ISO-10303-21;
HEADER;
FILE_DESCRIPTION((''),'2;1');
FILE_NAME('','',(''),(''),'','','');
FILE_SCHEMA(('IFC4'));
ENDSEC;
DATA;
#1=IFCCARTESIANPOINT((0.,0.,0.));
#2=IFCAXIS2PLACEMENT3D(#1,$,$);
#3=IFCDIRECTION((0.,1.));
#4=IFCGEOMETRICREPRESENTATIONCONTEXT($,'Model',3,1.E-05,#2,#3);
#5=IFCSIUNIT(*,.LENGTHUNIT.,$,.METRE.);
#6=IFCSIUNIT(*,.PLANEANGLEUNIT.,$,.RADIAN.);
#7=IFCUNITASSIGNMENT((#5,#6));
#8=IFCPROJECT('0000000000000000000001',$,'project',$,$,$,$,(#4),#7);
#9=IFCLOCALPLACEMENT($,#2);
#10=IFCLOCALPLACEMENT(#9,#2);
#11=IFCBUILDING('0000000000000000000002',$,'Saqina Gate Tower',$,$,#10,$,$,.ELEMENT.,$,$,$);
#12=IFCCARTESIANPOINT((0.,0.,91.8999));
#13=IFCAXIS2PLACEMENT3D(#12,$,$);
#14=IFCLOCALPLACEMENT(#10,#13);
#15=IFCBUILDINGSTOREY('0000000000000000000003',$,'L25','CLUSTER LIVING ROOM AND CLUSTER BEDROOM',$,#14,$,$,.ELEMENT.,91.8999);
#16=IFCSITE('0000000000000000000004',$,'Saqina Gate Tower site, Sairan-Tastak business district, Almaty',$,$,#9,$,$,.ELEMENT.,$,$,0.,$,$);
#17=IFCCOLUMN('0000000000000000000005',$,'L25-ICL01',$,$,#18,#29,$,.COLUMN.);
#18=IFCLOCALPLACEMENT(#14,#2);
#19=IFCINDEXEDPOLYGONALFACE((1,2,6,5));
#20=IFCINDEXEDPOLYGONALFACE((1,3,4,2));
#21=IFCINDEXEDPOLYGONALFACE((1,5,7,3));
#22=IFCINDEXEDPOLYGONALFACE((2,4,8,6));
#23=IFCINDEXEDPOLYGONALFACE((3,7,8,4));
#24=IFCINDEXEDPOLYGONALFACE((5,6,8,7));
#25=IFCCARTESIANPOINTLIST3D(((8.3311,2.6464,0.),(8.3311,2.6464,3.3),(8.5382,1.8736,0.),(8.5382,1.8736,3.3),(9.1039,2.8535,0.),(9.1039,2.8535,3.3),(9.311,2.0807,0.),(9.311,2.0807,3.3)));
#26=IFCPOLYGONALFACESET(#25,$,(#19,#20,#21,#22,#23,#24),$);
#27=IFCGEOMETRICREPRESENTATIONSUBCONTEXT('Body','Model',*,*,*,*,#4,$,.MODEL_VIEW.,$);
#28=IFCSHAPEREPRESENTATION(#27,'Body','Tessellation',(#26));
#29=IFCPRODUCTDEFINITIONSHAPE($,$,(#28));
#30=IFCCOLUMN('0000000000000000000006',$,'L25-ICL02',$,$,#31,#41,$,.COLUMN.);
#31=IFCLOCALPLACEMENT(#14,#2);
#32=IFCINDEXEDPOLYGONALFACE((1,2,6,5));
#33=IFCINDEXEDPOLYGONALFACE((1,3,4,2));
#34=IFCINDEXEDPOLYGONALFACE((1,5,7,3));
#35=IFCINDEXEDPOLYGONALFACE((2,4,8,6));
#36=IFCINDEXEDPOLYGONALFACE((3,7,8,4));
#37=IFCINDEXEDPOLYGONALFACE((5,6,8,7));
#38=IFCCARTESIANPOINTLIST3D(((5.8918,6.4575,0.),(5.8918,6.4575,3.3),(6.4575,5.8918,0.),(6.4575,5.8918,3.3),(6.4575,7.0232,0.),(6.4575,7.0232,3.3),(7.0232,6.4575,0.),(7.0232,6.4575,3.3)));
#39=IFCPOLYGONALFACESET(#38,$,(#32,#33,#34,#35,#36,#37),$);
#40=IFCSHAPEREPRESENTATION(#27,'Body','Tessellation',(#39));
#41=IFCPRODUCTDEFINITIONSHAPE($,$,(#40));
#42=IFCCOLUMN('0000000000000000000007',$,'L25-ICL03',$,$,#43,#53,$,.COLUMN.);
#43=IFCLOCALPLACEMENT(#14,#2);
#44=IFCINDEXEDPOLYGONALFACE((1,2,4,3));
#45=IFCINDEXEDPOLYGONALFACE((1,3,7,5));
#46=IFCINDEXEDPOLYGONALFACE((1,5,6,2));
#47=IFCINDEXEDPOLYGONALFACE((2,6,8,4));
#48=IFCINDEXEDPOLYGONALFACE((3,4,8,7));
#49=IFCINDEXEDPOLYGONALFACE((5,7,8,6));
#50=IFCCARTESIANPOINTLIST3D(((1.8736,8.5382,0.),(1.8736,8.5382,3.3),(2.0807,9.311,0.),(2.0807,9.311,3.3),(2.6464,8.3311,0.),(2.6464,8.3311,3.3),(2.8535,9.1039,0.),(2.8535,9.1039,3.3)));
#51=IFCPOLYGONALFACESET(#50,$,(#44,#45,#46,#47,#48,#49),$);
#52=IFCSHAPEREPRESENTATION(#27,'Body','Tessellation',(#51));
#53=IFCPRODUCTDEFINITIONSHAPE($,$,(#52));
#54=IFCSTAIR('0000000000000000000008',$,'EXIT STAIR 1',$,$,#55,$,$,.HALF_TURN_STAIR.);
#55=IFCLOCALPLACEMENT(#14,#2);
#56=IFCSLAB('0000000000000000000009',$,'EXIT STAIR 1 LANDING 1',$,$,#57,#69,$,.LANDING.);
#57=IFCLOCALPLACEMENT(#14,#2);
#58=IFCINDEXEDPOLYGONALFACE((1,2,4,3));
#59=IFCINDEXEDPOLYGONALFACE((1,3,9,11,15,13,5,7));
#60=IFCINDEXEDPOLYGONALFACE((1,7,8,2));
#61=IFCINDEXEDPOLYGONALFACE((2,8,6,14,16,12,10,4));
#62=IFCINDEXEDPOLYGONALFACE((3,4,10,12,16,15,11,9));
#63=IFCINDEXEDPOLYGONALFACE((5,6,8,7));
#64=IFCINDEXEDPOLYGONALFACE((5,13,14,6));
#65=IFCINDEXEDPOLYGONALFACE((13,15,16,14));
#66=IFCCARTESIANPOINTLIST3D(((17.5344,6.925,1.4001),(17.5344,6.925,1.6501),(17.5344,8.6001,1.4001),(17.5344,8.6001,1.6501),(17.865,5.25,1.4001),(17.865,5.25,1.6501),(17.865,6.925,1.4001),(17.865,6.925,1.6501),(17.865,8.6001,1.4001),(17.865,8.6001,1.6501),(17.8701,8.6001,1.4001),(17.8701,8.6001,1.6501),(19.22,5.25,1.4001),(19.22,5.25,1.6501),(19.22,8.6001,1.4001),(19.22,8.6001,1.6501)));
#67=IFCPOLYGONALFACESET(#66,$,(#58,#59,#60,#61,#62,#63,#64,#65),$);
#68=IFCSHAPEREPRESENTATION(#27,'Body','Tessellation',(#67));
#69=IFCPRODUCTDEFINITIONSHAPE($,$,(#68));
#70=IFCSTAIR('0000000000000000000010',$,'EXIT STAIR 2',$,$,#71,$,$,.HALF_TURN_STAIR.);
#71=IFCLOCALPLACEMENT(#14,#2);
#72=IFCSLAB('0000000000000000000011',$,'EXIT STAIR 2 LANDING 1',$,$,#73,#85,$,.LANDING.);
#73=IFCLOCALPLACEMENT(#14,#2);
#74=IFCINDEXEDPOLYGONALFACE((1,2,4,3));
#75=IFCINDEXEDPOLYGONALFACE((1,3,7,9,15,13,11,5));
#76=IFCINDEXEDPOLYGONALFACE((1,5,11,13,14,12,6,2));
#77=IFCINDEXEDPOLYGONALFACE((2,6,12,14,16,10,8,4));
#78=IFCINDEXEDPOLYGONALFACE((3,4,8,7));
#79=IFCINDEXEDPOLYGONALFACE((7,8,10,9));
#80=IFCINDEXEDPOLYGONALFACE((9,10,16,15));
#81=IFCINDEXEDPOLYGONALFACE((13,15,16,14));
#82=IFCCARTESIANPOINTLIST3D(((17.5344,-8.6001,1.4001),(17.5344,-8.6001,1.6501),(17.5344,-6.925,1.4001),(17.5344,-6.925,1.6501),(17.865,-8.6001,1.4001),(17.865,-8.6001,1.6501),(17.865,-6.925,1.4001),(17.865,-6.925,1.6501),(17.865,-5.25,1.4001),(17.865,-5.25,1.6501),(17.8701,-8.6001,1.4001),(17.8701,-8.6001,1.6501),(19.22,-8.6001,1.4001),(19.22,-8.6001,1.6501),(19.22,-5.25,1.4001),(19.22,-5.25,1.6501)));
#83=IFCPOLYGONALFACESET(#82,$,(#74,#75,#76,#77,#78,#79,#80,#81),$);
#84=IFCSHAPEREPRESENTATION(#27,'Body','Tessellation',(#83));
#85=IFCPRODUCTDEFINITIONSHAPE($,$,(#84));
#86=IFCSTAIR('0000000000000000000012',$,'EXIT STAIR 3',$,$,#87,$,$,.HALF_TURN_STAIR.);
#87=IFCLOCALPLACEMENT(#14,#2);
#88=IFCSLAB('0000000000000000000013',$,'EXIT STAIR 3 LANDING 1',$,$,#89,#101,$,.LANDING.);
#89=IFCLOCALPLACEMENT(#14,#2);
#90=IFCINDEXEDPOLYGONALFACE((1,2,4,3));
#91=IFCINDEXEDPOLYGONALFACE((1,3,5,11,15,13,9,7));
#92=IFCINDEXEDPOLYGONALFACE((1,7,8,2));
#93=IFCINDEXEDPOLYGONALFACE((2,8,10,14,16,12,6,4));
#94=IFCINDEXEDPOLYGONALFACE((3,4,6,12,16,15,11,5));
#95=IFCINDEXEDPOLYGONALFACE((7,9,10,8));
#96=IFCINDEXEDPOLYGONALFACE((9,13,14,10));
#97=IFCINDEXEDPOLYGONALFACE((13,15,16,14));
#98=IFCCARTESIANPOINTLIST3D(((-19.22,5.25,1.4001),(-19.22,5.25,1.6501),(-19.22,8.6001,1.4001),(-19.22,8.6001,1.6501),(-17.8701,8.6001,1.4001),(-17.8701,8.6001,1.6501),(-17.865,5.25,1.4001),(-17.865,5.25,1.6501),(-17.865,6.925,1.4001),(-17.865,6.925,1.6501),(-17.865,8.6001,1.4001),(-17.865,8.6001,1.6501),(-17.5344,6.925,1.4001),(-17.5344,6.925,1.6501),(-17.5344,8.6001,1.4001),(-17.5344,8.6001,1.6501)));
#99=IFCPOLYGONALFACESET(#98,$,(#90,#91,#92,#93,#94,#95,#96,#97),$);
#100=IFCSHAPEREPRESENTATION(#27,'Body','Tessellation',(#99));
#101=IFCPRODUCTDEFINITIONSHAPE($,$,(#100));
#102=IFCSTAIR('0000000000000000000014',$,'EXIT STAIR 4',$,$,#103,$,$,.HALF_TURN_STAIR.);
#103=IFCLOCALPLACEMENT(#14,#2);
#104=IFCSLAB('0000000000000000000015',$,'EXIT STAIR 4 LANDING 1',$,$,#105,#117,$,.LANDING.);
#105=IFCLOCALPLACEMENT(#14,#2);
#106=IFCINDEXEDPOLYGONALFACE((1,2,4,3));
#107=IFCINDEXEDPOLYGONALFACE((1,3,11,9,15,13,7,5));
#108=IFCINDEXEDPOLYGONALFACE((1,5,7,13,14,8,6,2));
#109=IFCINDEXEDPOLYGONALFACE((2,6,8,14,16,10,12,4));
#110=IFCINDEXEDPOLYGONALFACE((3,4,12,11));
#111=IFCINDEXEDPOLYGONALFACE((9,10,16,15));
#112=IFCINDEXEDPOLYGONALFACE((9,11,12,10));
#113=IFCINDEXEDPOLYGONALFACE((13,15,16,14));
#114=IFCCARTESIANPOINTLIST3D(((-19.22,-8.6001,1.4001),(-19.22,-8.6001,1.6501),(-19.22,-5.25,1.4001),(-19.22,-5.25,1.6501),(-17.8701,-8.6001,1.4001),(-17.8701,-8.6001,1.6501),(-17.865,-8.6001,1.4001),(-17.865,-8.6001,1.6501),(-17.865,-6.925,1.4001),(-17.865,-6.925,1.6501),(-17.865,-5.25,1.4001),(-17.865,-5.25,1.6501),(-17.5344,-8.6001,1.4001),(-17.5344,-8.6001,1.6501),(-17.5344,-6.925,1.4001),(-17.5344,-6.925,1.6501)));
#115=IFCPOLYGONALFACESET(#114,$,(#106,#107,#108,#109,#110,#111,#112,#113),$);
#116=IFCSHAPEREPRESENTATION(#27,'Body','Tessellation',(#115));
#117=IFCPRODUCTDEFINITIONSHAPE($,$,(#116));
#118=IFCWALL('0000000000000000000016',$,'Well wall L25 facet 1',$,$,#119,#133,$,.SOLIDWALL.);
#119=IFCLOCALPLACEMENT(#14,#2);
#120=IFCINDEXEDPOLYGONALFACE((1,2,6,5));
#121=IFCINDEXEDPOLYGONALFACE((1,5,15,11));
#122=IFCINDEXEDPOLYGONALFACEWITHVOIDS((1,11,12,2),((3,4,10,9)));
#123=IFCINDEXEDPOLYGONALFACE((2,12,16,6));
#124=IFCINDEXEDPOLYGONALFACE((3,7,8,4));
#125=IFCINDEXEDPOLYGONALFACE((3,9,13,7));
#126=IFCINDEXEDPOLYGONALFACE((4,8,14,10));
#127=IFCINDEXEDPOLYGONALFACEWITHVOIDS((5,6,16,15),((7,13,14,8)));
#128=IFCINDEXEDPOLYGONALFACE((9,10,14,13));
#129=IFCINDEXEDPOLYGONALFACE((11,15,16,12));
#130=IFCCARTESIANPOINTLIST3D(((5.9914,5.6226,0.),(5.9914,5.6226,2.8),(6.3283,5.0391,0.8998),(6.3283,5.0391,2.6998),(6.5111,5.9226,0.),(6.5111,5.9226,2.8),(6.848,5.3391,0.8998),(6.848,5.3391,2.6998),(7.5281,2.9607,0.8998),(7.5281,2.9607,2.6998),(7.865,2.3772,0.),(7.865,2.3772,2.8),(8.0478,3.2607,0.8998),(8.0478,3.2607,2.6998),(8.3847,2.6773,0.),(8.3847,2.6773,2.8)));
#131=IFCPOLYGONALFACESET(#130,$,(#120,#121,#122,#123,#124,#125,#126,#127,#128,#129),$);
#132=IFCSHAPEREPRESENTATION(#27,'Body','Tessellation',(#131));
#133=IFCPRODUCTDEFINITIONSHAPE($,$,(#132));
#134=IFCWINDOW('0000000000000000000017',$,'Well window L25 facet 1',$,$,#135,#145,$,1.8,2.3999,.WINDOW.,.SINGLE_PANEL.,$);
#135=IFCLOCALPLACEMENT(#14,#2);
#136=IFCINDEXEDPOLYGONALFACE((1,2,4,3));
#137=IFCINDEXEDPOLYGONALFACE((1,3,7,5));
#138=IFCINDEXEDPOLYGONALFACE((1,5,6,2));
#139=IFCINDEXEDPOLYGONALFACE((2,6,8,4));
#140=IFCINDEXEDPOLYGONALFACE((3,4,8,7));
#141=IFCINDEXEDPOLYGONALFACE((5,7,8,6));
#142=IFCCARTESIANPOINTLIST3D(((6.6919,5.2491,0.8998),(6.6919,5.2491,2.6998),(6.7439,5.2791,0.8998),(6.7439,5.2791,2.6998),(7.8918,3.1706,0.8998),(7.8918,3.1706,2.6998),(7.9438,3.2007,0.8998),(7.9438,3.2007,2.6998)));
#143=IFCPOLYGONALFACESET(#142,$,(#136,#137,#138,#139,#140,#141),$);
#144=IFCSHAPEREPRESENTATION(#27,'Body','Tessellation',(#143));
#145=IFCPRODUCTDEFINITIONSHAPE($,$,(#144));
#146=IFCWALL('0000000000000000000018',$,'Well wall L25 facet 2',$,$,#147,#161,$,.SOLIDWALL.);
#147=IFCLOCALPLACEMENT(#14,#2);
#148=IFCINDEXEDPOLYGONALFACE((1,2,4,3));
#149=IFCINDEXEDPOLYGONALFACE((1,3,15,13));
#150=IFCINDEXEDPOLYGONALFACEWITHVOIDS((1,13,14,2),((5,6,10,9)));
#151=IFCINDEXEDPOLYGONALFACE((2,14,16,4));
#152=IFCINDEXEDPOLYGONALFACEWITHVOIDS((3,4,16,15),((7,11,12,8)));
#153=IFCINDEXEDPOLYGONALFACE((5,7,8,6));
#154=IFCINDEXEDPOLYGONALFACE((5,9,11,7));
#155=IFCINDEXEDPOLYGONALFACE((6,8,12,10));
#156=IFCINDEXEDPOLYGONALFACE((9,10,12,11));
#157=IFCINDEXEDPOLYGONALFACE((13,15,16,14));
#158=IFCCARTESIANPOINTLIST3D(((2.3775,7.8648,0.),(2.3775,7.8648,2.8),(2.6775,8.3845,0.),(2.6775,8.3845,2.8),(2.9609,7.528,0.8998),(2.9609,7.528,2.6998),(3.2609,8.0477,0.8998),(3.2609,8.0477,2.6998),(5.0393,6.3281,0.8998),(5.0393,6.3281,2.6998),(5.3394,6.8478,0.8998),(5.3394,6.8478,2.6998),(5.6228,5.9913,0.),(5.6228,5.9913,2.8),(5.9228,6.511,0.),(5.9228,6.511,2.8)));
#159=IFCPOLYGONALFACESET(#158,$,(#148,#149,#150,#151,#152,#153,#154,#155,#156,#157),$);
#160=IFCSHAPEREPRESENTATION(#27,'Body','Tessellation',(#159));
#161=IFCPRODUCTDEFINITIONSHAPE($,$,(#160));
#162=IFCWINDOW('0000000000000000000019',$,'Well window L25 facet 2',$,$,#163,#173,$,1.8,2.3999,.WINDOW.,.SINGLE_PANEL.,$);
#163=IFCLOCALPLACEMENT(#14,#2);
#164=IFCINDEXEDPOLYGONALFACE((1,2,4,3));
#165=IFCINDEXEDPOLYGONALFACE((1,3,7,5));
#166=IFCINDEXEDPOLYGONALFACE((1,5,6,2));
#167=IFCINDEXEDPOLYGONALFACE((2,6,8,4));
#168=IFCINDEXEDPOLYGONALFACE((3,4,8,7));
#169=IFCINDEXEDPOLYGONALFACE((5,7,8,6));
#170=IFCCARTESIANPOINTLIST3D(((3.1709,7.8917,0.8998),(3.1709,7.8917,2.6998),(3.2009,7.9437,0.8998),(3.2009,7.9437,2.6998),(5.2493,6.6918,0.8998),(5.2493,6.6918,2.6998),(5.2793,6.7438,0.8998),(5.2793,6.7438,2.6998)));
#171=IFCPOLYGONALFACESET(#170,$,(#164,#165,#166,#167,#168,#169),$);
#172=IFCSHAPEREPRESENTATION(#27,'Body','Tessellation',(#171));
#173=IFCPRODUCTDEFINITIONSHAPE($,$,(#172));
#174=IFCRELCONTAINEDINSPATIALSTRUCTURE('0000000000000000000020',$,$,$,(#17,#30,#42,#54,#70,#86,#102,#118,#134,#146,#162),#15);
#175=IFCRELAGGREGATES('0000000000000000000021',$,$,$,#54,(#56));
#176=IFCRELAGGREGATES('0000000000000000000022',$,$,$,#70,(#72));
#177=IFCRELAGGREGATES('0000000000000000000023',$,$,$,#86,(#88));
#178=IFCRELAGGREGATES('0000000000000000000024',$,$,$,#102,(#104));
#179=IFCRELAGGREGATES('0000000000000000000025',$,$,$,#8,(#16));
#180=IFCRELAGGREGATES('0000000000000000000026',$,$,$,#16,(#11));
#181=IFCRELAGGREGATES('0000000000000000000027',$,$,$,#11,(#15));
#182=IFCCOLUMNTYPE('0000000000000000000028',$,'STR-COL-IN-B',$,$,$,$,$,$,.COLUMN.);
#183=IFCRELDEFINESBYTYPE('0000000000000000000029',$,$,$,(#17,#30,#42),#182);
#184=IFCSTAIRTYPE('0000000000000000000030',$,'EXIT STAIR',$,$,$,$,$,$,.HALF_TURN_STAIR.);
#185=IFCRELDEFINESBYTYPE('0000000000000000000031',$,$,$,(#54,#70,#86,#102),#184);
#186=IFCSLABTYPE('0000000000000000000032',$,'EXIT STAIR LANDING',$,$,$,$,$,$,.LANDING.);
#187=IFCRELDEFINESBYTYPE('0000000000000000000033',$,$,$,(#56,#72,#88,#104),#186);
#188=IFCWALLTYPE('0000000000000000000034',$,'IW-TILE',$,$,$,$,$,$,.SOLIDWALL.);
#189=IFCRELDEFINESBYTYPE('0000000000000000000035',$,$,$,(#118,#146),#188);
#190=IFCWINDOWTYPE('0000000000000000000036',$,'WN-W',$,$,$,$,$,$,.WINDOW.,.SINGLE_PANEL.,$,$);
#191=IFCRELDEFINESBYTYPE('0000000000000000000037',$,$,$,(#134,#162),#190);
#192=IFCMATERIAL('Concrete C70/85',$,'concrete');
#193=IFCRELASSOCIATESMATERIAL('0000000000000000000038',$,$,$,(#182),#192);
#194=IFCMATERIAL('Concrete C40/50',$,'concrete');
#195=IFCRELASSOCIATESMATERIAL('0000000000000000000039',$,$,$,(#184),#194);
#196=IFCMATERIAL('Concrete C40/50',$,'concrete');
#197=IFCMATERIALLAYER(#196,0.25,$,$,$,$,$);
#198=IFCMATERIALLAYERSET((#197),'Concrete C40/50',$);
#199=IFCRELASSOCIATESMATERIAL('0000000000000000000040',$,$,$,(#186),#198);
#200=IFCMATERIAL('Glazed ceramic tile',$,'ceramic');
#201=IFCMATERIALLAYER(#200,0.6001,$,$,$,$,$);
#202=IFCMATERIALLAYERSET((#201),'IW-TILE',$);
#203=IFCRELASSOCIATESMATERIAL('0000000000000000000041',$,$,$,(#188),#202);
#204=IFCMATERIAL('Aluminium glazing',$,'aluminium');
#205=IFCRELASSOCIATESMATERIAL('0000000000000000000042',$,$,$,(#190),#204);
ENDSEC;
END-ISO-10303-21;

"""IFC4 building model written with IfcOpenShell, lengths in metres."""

from ifc_helpers import new_model, si_unit, direction, frame, frame_2d, origin, origin_2d, place, context, subcontext, project, spatial, polyline, rectangle, outline, extrude, material, layer, layer_set, material_profile, profile_set, type_object, element, fill, aggregate, save


model = new_model("IFC4")

# Units and contexts
model_context = context("Model", 3, precision=1e-05, world=origin(), true_north=direction((0.0, 1.0)))
body_context = subcontext(model_context, "Body", "Model", "MODEL_VIEW")
ifc_project = project(units=[si_unit("LENGTHUNIT", "METRE"), si_unit("PLANEANGLEUNIT", "RADIAN")], contexts=[model_context])

# Site, building, storey
site_placement = place(None, origin())
site = spatial("IfcSite", under=ifc_project, at=site_placement, Name="Saqina Gate Tower site, Sairan-Tastak business district, Almaty", CompositionType="ELEMENT", RefElevation=0.0)
building_placement = place(site_placement, origin())
building = spatial("IfcBuilding", under=site, at=building_placement, Name="Saqina Gate Tower", CompositionType="ELEMENT")
storey_placement = place(building_placement, frame((0.0, 0.0, 91.8999)))
storey = spatial("IfcBuildingStorey", under=building, at=storey_placement, Name="L25", Description="CLUSTER LIVING ROOM AND CLUSTER BEDROOM", CompositionType="ELEMENT", Elevation=91.8999)

# Columns
ifc_material_1 = material(Name="Concrete C70/85", Category="concrete")
ifc_material_profile = material_profile(ifc_material_1, rectangle(XDim=0.8, YDim=0.8, at=origin_2d()), Name="RC 800x800")
ifc_profile_set = profile_set([ifc_material_profile], Name="Concrete C70/85")
column_type = type_object("IfcColumnType", Name="STR-COL-IN-B", PredefinedType="COLUMN", material=ifc_profile_set)
for number, where, z_axis, x_axis, name in (
    (1, (8.821, 2.3635, 0.0), (0.0, 0.0, 1.0), (0.965926, 0.258819, 0.0), "L25-ICL01"),
    (2, (6.4575, 6.4575, 0.0), (0.0, 0.0, 1.0), (0.707107, 0.707107, 0.0), "L25-ICL02"),
    (3, (2.3635, 8.821, 0.0), (0.0, 0.0, 1.0), (0.258819, 0.965926, 0.0), "L25-ICL03"),
):
    element("IfcColumn", number, at=place(storey_placement, frame(where, z_axis=z_axis, x_axis=x_axis)), inside=storey, type_object=column_type, Name=name, PredefinedType="COLUMN", context=body_context, shape_type="SweptSolid", body=[
        extrude(rectangle(XDim=0.8, YDim=0.8, at=origin_2d()), origin(), (0.0, 0.0, 1.0), 3.3),
    ])

# Stairs, slabs
ifc_material_2 = material(Name="Concrete C40/50", Category="concrete")
stair_type = type_object("IfcStairType", Name="EXIT STAIR", PredefinedType="HALF_TURN_STAIR", material=ifc_material_2)
stair_1_placement = place(storey_placement, origin())
stair_1 = element("IfcStair", 4, at=stair_1_placement, inside=storey, type_object=stair_type, Name="EXIT STAIR 1", PredefinedType="HALF_TURN_STAIR")
ifc_material_3 = material(Name="Concrete C40/50", Category="concrete")
ifc_layer_1 = layer(ifc_material_3, 0.25)
ifc_layer_set_1 = layer_set([ifc_layer_1], Name="Concrete C40/50")
slab_type = type_object("IfcSlabType", Name="EXIT STAIR LANDING", PredefinedType="LANDING", material=ifc_layer_set_1)
slab_1_placement = place(storey_placement, frame((0.0, 0.0, 1.4001)))
slab_1 = element("IfcSlab", 5, at=slab_1_placement, type_object=slab_type, Name="EXIT STAIR 1 LANDING 1", PredefinedType="LANDING", context=body_context, shape_type="SweptSolid", body=[
    extrude(outline(polyline([(19.22, 8.6001), (19.22, 5.25), (17.865, 5.25), (17.865, 6.925), (17.5344, 6.925), (17.5344, 8.6001), (17.865, 8.6001), (17.8701, 8.6001), (19.22, 8.6001)])), origin(), (0.0, 0.0, 1.0), 0.25),
])
aggregate(stair_1, [slab_1])
stair_2_placement = place(storey_placement, origin())
stair_2 = element("IfcStair", 6, at=stair_2_placement, inside=storey, type_object=stair_type, Name="EXIT STAIR 2", PredefinedType="HALF_TURN_STAIR")
slab_2_placement = place(storey_placement, frame((0.0, 0.0, 1.4001)))
slab_2 = element("IfcSlab", 7, at=slab_2_placement, type_object=slab_type, Name="EXIT STAIR 2 LANDING 1", PredefinedType="LANDING", context=body_context, shape_type="SweptSolid", body=[
    extrude(outline(polyline([(17.5344, -8.6001), (17.5344, -6.925), (17.865, -6.925), (17.865, -5.25), (19.22, -5.25), (19.22, -8.6001), (17.8701, -8.6001), (17.865, -8.6001), (17.5344, -8.6001)])), origin(), (0.0, 0.0, 1.0), 0.25),
])
aggregate(stair_2, [slab_2])
stair_3_placement = place(storey_placement, origin())
stair_3 = element("IfcStair", 8, at=stair_3_placement, inside=storey, type_object=stair_type, Name="EXIT STAIR 3", PredefinedType="HALF_TURN_STAIR")
slab_3_placement = place(storey_placement, frame((0.0, 0.0, 1.4001)))
slab_3 = element("IfcSlab", 9, at=slab_3_placement, type_object=slab_type, Name="EXIT STAIR 3 LANDING 1", PredefinedType="LANDING", context=body_context, shape_type="SweptSolid", body=[
    extrude(outline(polyline([(-17.865, 5.25), (-19.22, 5.25), (-19.22, 8.6001), (-17.8701, 8.6001), (-17.865, 8.6001), (-17.5344, 8.6001), (-17.5344, 6.925), (-17.865, 6.925), (-17.865, 5.25)])), origin(), (0.0, 0.0, 1.0), 0.25),
])
aggregate(stair_3, [slab_3])
stair_4_placement = place(storey_placement, origin())
stair_4 = element("IfcStair", 10, at=stair_4_placement, inside=storey, type_object=stair_type, Name="EXIT STAIR 4", PredefinedType="HALF_TURN_STAIR")
slab_4_placement = place(storey_placement, frame((0.0, 0.0, 1.4001)))
slab_4 = element("IfcSlab", 11, at=slab_4_placement, type_object=slab_type, Name="EXIT STAIR 4 LANDING 1", PredefinedType="LANDING", context=body_context, shape_type="SweptSolid", body=[
    extrude(outline(polyline([(-17.5344, -6.925), (-17.5344, -8.6001), (-17.865, -8.6001), (-17.8701, -8.6001), (-19.22, -8.6001), (-19.22, -5.25), (-17.865, -5.25), (-17.865, -6.925), (-17.5344, -6.925)])), origin(), (0.0, 0.0, 1.0), 0.25),
])
aggregate(stair_4, [slab_4])

# Walls, openings, windows
ifc_material_4 = material(Name="Glazed ceramic tile", Category="ceramic")
ifc_layer_2 = layer(ifc_material_4, 0.6001)
ifc_layer_set_2 = layer_set([ifc_layer_2], Name="IW-TILE")
wall_type_1 = type_object("IfcWallType", Name="IW-TILE", PredefinedType="SOLIDWALL", material=ifc_layer_set_2)
wall_1_placement = place(storey_placement, frame((8.1248, 2.5273, 0.0), z_axis=(0.0, 0.0, 1.0), x_axis=(-0.499965, 0.866046, 0.0)))
wall_1 = element("IfcWall", 12, at=wall_1_placement, inside=storey, type_object=wall_type_1, Name="Well wall L25 facet 1", PredefinedType="SOLIDWALL", context=body_context, shape_type="SweptSolid", body=[
    extrude(rectangle(XDim=3.7473, YDim=0.6001, at=frame_2d((1.8735, 0.0))), origin(), (0.0, 0.0, 1.0), 2.8),
])
opening_1_placement = place(wall_1_placement, frame((0.6736, 0.0, 0.8999)))
opening_1 = element("IfcOpeningElement", 13, at=opening_1_placement, cuts=wall_1, PredefinedType="OPENING", context=body_context, shape_type="SweptSolid", body=[
    extrude(rectangle(XDim=2.3999, YDim=1.8, at=frame_2d((1.2, 0.8999))), frame((0.0, 0.312, 0.0), z_axis=(0.0, -1.0, 0.0), x_axis=(1.0, 0.0, 0.0)), (0.0, 0.0, 1.0), 0.624),
])
ifc_material_5 = material(Name="Aluminium glazing", Category="aluminium")
window_type = type_object("IfcWindowType", Name="WN-W", PartitioningType="SINGLE_PANEL", PredefinedType="WINDOW", material=ifc_material_5)
window_1_placement = place(opening_1_placement, origin())
window_1 = element("IfcWindow", 14, at=window_1_placement, inside=storey, type_object=window_type, Name="Well window L25 facet 1", OverallHeight=1.8, OverallWidth=2.3999, PartitioningType="SINGLE_PANEL", PredefinedType="WINDOW", context=body_context, shape_type="SweptSolid", body=[
    extrude(rectangle(XDim=2.3999, YDim=1.8, at=frame_2d((1.2, 0.8999))), frame((0.0, -0.1199, 0.0), z_axis=(0.0, -1.0, 0.0), x_axis=(1.0, 0.0, 0.0)), (0.0, 0.0, 1.0), 0.0601),
])
fill(opening_1, window_1)
wall_2_placement = place(storey_placement, frame((5.7727, 6.2512, 0.0), z_axis=(0.0, 0.0, 1.0), x_axis=(-0.866046, 0.499965, 0.0)))
wall_2 = element("IfcWall", 15, at=wall_2_placement, inside=storey, type_object=wall_type_1, Name="Well wall L25 facet 2", PredefinedType="SOLIDWALL", context=body_context, shape_type="SweptSolid", body=[
    extrude(rectangle(XDim=3.7473, YDim=0.6001, at=frame_2d((1.8735, 0.0))), origin(), (0.0, 0.0, 1.0), 2.8),
])
opening_2_placement = place(wall_2_placement, frame((0.6736, 0.0, 0.8999)))
opening_2 = element("IfcOpeningElement", 16, at=opening_2_placement, cuts=wall_2, PredefinedType="OPENING", context=body_context, shape_type="SweptSolid", body=[
    extrude(rectangle(XDim=2.3999, YDim=1.8, at=frame_2d((1.2, 0.8999))), frame((0.0, 0.312, 0.0), z_axis=(0.0, -1.0, 0.0), x_axis=(1.0, 0.0, 0.0)), (0.0, 0.0, 1.0), 0.624),
])
window_2_placement = place(opening_2_placement, origin())
window_2 = element("IfcWindow", 17, at=window_2_placement, inside=storey, type_object=window_type, Name="Well window L25 facet 2", OverallHeight=1.8, OverallWidth=2.3999, PartitioningType="SINGLE_PANEL", PredefinedType="WINDOW", context=body_context, shape_type="SweptSolid", body=[
    extrude(rectangle(XDim=2.3999, YDim=1.8, at=frame_2d((1.2, 0.8999))), frame((0.0, -0.1199, 0.0), z_axis=(0.0, -1.0, 0.0), x_axis=(1.0, 0.0, 0.0)), (0.0, 0.0, 1.0), 0.0601),
])
fill(opening_2, window_2)

save(model, "model.ifc")
